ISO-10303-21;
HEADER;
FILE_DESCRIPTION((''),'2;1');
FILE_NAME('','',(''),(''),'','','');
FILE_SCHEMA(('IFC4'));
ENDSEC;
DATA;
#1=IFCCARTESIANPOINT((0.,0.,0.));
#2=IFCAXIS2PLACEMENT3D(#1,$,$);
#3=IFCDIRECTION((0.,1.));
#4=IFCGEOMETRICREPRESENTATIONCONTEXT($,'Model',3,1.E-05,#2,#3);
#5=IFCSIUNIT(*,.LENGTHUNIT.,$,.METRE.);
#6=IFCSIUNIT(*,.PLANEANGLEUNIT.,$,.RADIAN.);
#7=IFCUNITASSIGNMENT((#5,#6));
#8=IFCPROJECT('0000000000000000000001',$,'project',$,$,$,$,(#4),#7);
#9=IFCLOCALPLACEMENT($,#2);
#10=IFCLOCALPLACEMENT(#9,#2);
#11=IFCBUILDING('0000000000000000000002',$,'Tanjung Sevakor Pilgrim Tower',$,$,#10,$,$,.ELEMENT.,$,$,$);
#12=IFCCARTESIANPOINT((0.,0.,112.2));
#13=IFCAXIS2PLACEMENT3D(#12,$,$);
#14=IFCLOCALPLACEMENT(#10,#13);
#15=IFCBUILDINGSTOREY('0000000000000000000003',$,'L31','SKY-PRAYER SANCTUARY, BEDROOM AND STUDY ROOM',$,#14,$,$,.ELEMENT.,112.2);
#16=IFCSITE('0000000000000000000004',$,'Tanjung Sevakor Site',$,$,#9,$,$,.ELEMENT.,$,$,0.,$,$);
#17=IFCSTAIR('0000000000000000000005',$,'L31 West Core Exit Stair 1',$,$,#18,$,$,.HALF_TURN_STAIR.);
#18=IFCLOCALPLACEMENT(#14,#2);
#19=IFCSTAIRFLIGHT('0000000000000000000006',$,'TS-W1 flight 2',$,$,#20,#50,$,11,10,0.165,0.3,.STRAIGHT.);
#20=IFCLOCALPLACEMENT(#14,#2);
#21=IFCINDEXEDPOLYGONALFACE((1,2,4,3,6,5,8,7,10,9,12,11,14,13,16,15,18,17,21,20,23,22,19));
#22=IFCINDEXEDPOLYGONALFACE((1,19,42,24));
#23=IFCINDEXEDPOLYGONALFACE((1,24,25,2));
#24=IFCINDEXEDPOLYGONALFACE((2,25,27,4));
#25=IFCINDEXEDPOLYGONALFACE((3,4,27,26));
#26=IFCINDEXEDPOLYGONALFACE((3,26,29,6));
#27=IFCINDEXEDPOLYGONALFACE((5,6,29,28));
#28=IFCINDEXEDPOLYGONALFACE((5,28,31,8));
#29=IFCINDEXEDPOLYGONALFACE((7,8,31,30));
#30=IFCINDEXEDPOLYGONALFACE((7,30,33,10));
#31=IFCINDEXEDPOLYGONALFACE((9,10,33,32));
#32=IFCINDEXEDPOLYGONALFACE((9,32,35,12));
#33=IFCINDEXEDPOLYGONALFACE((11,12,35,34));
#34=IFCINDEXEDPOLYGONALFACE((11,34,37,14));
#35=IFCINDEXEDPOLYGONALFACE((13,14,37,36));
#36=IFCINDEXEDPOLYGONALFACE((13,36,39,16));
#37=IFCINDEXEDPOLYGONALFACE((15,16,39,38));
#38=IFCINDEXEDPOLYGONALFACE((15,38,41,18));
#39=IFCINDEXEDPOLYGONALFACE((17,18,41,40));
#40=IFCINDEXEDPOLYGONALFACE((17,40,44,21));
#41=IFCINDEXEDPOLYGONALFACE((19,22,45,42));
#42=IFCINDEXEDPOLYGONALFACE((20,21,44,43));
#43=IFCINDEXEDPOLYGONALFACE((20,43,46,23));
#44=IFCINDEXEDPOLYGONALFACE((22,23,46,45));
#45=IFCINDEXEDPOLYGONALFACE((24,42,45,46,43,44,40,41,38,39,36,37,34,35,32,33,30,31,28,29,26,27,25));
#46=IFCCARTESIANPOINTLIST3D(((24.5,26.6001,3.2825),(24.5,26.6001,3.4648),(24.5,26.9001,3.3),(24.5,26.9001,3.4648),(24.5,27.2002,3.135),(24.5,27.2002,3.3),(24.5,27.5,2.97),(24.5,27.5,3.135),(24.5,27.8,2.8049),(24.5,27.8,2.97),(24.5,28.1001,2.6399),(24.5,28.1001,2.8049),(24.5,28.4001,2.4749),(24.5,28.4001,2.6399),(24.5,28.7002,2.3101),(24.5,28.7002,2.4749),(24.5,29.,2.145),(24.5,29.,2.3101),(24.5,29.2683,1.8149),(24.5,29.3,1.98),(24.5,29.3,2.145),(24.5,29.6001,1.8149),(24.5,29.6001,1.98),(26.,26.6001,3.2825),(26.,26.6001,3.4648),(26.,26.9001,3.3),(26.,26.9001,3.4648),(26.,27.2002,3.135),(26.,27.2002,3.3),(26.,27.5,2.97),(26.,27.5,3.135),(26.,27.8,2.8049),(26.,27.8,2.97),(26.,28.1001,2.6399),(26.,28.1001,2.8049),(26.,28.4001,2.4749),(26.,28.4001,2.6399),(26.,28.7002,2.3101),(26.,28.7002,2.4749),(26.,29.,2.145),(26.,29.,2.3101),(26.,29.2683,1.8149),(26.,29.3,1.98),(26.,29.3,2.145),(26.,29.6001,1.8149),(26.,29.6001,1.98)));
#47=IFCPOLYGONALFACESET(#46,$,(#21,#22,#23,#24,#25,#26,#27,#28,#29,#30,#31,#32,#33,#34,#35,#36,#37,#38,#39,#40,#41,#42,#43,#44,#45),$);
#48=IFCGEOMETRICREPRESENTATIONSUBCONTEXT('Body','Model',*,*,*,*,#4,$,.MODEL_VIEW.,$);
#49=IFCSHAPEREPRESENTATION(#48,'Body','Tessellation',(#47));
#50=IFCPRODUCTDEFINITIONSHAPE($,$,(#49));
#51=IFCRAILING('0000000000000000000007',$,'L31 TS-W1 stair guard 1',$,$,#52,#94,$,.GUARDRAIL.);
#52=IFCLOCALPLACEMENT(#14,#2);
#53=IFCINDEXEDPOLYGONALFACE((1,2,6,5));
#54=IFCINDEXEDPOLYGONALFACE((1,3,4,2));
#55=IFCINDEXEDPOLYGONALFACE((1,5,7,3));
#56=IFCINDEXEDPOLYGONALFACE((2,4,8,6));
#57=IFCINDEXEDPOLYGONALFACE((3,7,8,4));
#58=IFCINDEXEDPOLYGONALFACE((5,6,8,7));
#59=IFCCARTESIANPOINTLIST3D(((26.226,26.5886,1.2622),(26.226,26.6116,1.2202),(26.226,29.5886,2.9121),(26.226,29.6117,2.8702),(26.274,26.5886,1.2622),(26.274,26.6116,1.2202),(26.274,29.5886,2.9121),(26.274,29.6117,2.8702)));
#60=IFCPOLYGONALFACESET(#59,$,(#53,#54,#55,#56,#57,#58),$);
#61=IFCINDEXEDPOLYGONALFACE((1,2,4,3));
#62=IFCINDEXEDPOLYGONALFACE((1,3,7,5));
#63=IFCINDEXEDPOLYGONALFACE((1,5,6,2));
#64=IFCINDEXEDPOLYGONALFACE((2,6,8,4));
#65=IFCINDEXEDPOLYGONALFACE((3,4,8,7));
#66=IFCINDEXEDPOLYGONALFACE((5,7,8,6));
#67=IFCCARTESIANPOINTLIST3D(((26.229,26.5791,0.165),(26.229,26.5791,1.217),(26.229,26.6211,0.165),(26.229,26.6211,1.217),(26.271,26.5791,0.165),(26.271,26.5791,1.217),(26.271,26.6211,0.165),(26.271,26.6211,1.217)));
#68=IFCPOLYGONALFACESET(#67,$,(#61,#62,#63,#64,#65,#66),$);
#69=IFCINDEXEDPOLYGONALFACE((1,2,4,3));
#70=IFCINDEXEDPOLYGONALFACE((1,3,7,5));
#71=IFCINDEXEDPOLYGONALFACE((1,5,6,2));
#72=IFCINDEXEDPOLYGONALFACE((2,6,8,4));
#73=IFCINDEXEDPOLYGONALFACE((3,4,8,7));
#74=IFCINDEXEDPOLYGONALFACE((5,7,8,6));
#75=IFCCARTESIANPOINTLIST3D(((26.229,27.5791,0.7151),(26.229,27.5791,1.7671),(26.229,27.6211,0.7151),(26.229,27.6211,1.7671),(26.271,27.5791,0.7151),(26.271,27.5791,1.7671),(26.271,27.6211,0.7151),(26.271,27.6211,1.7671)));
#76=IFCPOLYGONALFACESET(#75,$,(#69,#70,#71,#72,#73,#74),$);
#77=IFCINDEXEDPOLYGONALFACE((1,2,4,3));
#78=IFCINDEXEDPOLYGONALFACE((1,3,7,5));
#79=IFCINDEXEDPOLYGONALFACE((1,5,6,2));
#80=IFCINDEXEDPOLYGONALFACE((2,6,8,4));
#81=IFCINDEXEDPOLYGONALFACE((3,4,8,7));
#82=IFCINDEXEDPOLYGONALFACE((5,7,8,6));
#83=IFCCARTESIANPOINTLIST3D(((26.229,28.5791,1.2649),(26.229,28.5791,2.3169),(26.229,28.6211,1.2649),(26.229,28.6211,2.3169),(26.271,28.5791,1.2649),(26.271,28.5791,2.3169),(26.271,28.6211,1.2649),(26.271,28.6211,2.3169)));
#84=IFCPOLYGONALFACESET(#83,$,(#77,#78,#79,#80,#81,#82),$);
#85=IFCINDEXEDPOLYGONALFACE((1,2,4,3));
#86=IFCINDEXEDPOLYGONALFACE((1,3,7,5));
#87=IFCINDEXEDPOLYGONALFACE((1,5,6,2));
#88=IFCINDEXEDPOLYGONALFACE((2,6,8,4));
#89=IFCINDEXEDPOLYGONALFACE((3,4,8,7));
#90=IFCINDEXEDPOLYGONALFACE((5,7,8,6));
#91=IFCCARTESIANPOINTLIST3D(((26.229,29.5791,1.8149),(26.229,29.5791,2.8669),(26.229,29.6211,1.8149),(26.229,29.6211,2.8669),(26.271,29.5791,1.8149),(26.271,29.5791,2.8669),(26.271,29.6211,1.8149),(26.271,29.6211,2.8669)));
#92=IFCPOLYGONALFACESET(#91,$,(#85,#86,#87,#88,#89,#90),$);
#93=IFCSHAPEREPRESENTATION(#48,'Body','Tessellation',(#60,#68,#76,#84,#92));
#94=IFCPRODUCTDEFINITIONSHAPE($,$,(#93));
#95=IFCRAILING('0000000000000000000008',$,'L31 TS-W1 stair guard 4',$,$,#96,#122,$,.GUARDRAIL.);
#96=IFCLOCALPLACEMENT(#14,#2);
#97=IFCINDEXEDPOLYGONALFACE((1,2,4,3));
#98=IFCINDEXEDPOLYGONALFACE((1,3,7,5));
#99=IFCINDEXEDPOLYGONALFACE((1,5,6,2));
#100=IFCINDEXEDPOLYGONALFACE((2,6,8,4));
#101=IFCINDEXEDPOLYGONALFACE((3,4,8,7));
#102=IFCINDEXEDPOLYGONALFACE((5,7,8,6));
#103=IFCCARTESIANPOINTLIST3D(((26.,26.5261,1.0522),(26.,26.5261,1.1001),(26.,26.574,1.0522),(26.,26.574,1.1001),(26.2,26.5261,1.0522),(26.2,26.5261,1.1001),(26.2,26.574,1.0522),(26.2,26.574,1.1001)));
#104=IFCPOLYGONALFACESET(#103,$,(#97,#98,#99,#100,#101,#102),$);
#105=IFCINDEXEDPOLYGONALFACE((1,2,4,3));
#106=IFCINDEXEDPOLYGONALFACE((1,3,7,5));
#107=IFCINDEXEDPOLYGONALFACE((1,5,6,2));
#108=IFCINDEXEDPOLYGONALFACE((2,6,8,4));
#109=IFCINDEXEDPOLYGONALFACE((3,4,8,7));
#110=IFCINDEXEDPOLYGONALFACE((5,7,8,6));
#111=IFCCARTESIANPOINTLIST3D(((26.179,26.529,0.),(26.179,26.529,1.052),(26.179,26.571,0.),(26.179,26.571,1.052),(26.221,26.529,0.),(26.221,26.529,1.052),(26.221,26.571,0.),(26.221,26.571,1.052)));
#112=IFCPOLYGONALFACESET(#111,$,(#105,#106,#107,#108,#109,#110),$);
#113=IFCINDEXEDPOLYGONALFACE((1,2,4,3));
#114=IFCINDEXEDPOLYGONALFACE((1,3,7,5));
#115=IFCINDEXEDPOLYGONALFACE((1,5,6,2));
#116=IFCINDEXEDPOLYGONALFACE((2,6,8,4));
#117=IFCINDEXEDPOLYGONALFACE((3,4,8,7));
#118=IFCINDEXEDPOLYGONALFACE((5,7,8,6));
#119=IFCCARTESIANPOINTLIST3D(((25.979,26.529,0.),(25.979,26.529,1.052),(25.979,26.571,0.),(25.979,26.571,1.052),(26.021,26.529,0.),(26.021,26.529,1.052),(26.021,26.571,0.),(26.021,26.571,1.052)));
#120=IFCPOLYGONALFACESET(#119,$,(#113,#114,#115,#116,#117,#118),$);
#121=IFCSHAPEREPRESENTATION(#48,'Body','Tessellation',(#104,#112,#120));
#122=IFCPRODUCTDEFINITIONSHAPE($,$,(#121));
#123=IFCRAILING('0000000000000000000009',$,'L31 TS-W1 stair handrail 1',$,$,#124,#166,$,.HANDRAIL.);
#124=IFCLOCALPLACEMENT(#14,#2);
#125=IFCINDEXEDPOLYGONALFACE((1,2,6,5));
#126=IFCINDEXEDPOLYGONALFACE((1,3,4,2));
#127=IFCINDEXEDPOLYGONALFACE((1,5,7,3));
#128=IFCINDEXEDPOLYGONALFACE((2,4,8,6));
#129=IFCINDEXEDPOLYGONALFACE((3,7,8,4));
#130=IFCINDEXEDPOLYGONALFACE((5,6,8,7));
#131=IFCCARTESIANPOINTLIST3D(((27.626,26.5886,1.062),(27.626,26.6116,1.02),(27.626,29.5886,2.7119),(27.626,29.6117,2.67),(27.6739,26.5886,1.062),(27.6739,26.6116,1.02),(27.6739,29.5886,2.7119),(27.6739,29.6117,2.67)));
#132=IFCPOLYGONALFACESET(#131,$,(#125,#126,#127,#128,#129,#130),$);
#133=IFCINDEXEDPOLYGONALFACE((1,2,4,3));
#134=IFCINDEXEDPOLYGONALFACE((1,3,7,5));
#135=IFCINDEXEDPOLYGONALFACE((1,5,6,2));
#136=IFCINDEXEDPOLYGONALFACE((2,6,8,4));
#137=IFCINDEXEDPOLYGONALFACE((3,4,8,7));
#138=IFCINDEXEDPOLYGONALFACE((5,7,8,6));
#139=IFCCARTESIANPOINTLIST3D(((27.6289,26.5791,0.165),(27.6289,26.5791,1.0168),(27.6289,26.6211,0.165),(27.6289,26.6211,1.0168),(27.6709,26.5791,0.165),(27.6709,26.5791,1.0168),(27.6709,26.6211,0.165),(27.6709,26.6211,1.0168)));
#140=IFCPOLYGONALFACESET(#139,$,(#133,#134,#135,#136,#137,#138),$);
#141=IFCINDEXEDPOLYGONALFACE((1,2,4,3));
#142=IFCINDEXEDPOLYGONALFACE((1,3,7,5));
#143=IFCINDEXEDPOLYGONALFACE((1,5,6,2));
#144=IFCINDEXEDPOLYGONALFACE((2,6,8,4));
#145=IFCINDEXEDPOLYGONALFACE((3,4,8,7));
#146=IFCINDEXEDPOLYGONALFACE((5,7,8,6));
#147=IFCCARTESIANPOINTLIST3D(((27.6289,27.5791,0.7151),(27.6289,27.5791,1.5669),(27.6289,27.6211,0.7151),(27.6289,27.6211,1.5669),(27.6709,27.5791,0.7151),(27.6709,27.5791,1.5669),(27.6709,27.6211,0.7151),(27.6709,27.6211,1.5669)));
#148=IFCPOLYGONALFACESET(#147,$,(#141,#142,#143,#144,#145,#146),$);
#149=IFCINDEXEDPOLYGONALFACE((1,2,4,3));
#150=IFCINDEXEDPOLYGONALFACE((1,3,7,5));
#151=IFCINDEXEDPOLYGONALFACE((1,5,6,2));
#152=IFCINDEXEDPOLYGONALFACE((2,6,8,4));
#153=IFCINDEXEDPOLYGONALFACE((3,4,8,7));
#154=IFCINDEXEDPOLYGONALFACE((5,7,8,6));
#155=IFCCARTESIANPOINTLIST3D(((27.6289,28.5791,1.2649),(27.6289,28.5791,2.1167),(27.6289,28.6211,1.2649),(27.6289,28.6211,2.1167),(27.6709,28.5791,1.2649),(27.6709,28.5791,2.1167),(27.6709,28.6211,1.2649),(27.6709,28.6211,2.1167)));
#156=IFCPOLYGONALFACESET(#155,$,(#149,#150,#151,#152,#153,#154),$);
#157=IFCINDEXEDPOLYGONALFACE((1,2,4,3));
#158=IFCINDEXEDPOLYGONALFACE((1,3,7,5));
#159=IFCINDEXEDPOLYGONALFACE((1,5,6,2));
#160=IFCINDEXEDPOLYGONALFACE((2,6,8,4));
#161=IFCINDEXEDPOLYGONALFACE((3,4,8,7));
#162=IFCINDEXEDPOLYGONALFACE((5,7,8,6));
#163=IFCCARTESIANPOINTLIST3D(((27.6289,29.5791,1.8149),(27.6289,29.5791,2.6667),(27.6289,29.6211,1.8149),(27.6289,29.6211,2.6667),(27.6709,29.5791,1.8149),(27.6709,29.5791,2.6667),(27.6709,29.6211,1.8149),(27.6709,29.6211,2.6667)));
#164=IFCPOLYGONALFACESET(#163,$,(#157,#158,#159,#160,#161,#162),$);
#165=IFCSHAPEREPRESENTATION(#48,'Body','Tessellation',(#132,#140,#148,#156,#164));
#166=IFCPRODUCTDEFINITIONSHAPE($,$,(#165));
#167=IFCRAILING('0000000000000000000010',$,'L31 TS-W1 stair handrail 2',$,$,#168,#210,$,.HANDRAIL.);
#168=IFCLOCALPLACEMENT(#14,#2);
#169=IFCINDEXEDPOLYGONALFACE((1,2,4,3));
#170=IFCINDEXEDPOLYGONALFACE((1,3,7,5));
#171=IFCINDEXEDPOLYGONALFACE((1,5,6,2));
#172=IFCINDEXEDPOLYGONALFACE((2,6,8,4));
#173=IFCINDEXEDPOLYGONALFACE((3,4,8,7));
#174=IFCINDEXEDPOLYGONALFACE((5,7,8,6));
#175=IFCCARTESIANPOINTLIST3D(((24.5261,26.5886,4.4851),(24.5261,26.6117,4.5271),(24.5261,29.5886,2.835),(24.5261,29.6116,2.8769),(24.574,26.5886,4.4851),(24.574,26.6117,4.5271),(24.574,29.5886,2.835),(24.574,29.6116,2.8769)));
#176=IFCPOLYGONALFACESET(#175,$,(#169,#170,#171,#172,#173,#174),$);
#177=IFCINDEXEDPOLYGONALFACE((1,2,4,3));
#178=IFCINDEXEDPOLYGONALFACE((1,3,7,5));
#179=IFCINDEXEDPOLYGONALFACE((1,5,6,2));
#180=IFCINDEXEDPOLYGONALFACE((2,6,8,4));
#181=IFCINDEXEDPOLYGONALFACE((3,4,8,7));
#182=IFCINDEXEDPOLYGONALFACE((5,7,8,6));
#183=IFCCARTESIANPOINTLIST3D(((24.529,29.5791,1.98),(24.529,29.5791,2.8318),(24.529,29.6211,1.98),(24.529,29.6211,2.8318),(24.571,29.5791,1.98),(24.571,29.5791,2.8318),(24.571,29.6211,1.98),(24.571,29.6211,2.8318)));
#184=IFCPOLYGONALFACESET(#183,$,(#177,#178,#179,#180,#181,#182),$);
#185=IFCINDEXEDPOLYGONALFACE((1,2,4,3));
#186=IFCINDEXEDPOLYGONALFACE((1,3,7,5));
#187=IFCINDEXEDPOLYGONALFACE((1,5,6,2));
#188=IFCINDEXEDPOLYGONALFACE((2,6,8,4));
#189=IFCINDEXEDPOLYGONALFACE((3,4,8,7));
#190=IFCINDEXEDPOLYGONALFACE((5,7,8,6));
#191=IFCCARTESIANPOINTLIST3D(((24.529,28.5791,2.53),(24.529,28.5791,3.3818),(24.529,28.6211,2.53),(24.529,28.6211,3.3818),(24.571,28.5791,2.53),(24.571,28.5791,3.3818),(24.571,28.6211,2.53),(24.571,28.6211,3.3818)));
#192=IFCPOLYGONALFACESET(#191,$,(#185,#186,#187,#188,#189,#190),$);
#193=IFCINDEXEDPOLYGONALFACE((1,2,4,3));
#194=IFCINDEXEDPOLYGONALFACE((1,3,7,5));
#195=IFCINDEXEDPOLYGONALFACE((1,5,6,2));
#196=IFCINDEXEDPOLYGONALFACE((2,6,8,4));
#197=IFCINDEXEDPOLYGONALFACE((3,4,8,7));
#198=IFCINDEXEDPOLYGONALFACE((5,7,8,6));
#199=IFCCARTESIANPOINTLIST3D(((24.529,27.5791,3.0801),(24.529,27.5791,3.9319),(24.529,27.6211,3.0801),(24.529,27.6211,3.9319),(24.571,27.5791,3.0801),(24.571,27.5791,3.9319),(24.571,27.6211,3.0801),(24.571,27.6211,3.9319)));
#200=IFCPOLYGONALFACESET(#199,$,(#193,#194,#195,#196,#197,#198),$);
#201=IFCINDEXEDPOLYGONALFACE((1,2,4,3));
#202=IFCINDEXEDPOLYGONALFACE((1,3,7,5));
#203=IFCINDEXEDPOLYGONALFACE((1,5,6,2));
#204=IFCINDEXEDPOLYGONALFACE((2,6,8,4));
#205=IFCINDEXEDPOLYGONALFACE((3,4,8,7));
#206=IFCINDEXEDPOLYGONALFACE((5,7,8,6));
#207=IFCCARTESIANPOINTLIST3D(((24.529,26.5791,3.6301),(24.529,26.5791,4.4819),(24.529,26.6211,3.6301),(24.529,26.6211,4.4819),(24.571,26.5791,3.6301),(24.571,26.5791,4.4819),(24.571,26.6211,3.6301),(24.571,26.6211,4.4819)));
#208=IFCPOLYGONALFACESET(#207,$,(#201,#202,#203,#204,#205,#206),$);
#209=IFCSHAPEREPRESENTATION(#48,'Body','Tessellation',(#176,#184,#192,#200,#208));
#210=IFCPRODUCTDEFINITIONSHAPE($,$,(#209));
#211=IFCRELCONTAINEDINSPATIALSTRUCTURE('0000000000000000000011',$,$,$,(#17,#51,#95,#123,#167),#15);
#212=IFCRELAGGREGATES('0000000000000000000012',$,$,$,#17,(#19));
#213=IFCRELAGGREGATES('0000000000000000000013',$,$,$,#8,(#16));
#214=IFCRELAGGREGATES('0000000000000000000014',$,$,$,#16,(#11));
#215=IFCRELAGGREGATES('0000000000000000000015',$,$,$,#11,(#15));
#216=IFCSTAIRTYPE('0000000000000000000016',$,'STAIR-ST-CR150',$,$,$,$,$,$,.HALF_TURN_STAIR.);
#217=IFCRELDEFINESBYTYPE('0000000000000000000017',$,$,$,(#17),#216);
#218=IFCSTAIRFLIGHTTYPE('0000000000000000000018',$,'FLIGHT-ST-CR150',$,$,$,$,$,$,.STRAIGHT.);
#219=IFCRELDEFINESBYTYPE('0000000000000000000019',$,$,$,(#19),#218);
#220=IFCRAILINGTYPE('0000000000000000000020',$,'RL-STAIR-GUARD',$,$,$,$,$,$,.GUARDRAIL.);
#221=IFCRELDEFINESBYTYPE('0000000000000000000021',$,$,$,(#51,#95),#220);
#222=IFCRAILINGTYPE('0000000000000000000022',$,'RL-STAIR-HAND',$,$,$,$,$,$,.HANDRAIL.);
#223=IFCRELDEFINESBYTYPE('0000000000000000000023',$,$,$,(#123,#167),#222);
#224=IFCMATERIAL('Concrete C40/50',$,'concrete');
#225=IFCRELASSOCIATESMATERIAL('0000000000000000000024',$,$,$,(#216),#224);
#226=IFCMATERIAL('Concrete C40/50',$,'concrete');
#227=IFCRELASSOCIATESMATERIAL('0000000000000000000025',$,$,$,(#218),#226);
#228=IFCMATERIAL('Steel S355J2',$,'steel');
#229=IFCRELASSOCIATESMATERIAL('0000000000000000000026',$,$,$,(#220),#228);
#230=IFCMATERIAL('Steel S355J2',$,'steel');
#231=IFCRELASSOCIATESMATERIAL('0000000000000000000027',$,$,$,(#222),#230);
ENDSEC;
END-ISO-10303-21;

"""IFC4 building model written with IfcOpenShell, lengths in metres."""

from ifc_helpers import new_model, si_unit, direction, frame, origin, place, context, subcontext, project, spatial, polyline, rectangle, outline, extrude, material, type_object, element, aggregate, save


model = new_model("IFC4")

# Units and contexts
model_context = context("Model", 3, precision=1e-05, world=origin(), true_north=direction((0.0, 1.0)))
body_context = subcontext(model_context, "Body", "Model", "MODEL_VIEW")
ifc_project = project(units=[si_unit("LENGTHUNIT", "METRE"), si_unit("PLANEANGLEUNIT", "RADIAN")], contexts=[model_context])

# Site, building, storey
site_placement = place(None, origin())
site = spatial("IfcSite", under=ifc_project, at=site_placement, Name="Tanjung Sevakor Site", CompositionType="ELEMENT", RefElevation=0.0)
building_placement = place(site_placement, origin())
building = spatial("IfcBuilding", under=site, at=building_placement, Name="Tanjung Sevakor Pilgrim Tower", CompositionType="ELEMENT")
storey_placement = place(building_placement, frame((0.0, 0.0, 112.2)))
storey = spatial("IfcBuildingStorey", under=building, at=storey_placement, Name="L31", Description="SKY-PRAYER SANCTUARY, BEDROOM AND STUDY ROOM", CompositionType="ELEMENT", Elevation=112.2)

# Stair, stair flight
ifc_material_1 = material(Name="Concrete C40/50", Category="concrete")
stair_type = type_object("IfcStairType", Name="STAIR-ST-CR150", PredefinedType="HALF_TURN_STAIR", material=ifc_material_1)
stair_placement = place(storey_placement, origin())
stair = element("IfcStair", 1, at=stair_placement, inside=storey, type_object=stair_type, Name="L31 West Core Exit Stair 1", PredefinedType="HALF_TURN_STAIR")
ifc_material_2 = material(Name="Concrete C40/50", Category="concrete")
stair_flight_type = type_object("IfcStairFlightType", Name="FLIGHT-ST-CR150", PredefinedType="STRAIGHT", material=ifc_material_2)
stair_flight_1_placement = place(storey_placement, frame((25.25, 29.6001, 1.8149), z_axis=(0.0, 0.0, 1.0), x_axis=(0.0, -1.0, 0.0)))
stair_flight_1 = element("IfcStairFlight", 2, at=stair_flight_1_placement, type_object=stair_flight_type, Name="TS-W1 flight 2", NumberOfRisers=11, NumberOfTreads=10, PredefinedType="STRAIGHT", RiserHeight=0.165, TreadLength=0.3, context=body_context, shape_type="SweptSolid", body=[
    extrude(outline(polyline([(0.0, 0.0), (0.0, 0.165), (0.3, 0.165), (0.3, 0.3301), (0.6001, 0.3301), (0.6001, 0.4951), (0.8999, 0.4951), (0.8999, 0.6599), (1.2, 0.6599), (1.2, 0.825), (1.5, 0.825), (1.5, 0.99), (1.8, 0.99), (1.8, 1.155), (2.1001, 1.155), (2.1001, 1.3201), (2.3999, 1.3201), (2.3999, 1.4851), (2.7, 1.4851), (2.7, 1.6499), (3.0, 1.6499), (3.0, 1.8149), (3.0, 1.4675), (0.3318, 0.0), (0.0, 0.0)])), frame((0.0, 0.75, 0.0), z_axis=(0.0, -1.0, 0.0), x_axis=(1.0, 0.0, 0.0)), (0.0, 0.0, 1.0), 1.5),
])
aggregate(stair, [stair_flight_1])

# Railings
ifc_material_3 = material(Name="Steel S355J2", Category="steel")
railing_type_1 = type_object("IfcRailingType", Name="RL-STAIR-GUARD", PredefinedType="GUARDRAIL", material=ifc_material_3)
railing_1_placement = place(storey_placement, frame((26.25, 26.6001, 0.165)))
element("IfcRailing", 3, at=railing_1_placement, inside=storey, type_object=railing_type_1, Name="L31 TS-W1 stair guard 1", PredefinedType="GUARDRAIL", context=body_context, shape_type="SweptSolid", body=[
    extrude(rectangle(XDim=0.0479, YDim=0.0479), frame((0.0, 0.0, 1.0762), z_axis=(0.0, 0.876228, 0.481897), x_axis=(-1.0, 0.0, 0.0)), (0.0, 0.0, 1.0), 3.4238),
    extrude(rectangle(XDim=0.042, YDim=0.042), origin(), (0.0, 0.0, 1.0), 1.052),
    extrude(rectangle(XDim=0.042, YDim=0.042), frame((0.0, 1.0, 0.55)), (0.0, 0.0, 1.0), 1.052),
    extrude(rectangle(XDim=0.042, YDim=0.042), frame((0.0, 2.0, 1.0999)), (0.0, 0.0, 1.0), 1.052),
    extrude(rectangle(XDim=0.042, YDim=0.042), frame((0.0, 3.0, 1.6499)), (0.0, 0.0, 1.0), 1.052),
])
railing_2_placement = place(storey_placement, frame((26.2, 26.55, 0.0)))
element("IfcRailing", 4, at=railing_2_placement, inside=storey, type_object=railing_type_1, Name="L31 TS-W1 stair guard 4", PredefinedType="GUARDRAIL", context=body_context, shape_type="SweptSolid", body=[
    extrude(rectangle(XDim=0.0479, YDim=0.0479), frame((0.0, 0.0, 1.0762), z_axis=(-1.0, 0.0, 0.0), x_axis=(0.0, -1.0, 0.0)), (0.0, 0.0, 1.0), 0.2),
    extrude(rectangle(XDim=0.042, YDim=0.042), origin(), (0.0, 0.0, 1.0), 1.052),
    extrude(rectangle(XDim=0.042, YDim=0.042), frame((-0.2, 0.0, 0.0)), (0.0, 0.0, 1.0), 1.052),
])
ifc_material_4 = material(Name="Steel S355J2", Category="steel")
railing_type_2 = type_object("IfcRailingType", Name="RL-STAIR-HAND", PredefinedType="HANDRAIL", material=ifc_material_4)
railing_3_placement = place(storey_placement, frame((27.6499, 26.6001, 0.165)))
element("IfcRailing", 5, at=railing_3_placement, inside=storey, type_object=railing_type_2, Name="L31 TS-W1 stair handrail 1", PredefinedType="HANDRAIL", context=body_context, shape_type="SweptSolid", body=[
    extrude(rectangle(XDim=0.0479, YDim=0.0479), frame((0.0, 0.0, 0.876), z_axis=(0.0, 0.876228, 0.481897), x_axis=(-1.0, 0.0, 0.0)), (0.0, 0.0, 1.0), 3.4238),
    extrude(rectangle(XDim=0.042, YDim=0.042), origin(), (0.0, 0.0, 1.0), 0.8518),
    extrude(rectangle(XDim=0.042, YDim=0.042), frame((0.0, 1.0, 0.55)), (0.0, 0.0, 1.0), 0.8518),
    extrude(rectangle(XDim=0.042, YDim=0.042), frame((0.0, 2.0, 1.0999)), (0.0, 0.0, 1.0), 0.8518),
    extrude(rectangle(XDim=0.042, YDim=0.042), frame((0.0, 3.0, 1.6499)), (0.0, 0.0, 1.0), 0.8518),
])
railing_4_placement = place(storey_placement, frame((24.55, 29.6001, 1.98)))
element("IfcRailing", 6, at=railing_4_placement, inside=storey, type_object=railing_type_2, Name="L31 TS-W1 stair handrail 2", PredefinedType="HANDRAIL", context=body_context, shape_type="SweptSolid", body=[
    extrude(rectangle(XDim=0.0479, YDim=0.0479), frame((0.0, 0.0, 0.876), z_axis=(0.0, -0.876198, 0.481952), x_axis=(1.0, 0.0, 0.0)), (0.0, 0.0, 1.0), 3.4238),
    extrude(rectangle(XDim=0.042, YDim=0.042), origin(), (0.0, 0.0, 1.0), 0.8518),
    extrude(rectangle(XDim=0.042, YDim=0.042), frame((0.0, -1.0, 0.55)), (0.0, 0.0, 1.0), 0.8518),
    extrude(rectangle(XDim=0.042, YDim=0.042), frame((0.0, -2.0, 1.1001)), (0.0, 0.0, 1.0), 0.8518),
    extrude(rectangle(XDim=0.042, YDim=0.042), frame((0.0, -3.0, 1.6501)), (0.0, 0.0, 1.0), 0.8518),
])

save(model, "model.ifc")
